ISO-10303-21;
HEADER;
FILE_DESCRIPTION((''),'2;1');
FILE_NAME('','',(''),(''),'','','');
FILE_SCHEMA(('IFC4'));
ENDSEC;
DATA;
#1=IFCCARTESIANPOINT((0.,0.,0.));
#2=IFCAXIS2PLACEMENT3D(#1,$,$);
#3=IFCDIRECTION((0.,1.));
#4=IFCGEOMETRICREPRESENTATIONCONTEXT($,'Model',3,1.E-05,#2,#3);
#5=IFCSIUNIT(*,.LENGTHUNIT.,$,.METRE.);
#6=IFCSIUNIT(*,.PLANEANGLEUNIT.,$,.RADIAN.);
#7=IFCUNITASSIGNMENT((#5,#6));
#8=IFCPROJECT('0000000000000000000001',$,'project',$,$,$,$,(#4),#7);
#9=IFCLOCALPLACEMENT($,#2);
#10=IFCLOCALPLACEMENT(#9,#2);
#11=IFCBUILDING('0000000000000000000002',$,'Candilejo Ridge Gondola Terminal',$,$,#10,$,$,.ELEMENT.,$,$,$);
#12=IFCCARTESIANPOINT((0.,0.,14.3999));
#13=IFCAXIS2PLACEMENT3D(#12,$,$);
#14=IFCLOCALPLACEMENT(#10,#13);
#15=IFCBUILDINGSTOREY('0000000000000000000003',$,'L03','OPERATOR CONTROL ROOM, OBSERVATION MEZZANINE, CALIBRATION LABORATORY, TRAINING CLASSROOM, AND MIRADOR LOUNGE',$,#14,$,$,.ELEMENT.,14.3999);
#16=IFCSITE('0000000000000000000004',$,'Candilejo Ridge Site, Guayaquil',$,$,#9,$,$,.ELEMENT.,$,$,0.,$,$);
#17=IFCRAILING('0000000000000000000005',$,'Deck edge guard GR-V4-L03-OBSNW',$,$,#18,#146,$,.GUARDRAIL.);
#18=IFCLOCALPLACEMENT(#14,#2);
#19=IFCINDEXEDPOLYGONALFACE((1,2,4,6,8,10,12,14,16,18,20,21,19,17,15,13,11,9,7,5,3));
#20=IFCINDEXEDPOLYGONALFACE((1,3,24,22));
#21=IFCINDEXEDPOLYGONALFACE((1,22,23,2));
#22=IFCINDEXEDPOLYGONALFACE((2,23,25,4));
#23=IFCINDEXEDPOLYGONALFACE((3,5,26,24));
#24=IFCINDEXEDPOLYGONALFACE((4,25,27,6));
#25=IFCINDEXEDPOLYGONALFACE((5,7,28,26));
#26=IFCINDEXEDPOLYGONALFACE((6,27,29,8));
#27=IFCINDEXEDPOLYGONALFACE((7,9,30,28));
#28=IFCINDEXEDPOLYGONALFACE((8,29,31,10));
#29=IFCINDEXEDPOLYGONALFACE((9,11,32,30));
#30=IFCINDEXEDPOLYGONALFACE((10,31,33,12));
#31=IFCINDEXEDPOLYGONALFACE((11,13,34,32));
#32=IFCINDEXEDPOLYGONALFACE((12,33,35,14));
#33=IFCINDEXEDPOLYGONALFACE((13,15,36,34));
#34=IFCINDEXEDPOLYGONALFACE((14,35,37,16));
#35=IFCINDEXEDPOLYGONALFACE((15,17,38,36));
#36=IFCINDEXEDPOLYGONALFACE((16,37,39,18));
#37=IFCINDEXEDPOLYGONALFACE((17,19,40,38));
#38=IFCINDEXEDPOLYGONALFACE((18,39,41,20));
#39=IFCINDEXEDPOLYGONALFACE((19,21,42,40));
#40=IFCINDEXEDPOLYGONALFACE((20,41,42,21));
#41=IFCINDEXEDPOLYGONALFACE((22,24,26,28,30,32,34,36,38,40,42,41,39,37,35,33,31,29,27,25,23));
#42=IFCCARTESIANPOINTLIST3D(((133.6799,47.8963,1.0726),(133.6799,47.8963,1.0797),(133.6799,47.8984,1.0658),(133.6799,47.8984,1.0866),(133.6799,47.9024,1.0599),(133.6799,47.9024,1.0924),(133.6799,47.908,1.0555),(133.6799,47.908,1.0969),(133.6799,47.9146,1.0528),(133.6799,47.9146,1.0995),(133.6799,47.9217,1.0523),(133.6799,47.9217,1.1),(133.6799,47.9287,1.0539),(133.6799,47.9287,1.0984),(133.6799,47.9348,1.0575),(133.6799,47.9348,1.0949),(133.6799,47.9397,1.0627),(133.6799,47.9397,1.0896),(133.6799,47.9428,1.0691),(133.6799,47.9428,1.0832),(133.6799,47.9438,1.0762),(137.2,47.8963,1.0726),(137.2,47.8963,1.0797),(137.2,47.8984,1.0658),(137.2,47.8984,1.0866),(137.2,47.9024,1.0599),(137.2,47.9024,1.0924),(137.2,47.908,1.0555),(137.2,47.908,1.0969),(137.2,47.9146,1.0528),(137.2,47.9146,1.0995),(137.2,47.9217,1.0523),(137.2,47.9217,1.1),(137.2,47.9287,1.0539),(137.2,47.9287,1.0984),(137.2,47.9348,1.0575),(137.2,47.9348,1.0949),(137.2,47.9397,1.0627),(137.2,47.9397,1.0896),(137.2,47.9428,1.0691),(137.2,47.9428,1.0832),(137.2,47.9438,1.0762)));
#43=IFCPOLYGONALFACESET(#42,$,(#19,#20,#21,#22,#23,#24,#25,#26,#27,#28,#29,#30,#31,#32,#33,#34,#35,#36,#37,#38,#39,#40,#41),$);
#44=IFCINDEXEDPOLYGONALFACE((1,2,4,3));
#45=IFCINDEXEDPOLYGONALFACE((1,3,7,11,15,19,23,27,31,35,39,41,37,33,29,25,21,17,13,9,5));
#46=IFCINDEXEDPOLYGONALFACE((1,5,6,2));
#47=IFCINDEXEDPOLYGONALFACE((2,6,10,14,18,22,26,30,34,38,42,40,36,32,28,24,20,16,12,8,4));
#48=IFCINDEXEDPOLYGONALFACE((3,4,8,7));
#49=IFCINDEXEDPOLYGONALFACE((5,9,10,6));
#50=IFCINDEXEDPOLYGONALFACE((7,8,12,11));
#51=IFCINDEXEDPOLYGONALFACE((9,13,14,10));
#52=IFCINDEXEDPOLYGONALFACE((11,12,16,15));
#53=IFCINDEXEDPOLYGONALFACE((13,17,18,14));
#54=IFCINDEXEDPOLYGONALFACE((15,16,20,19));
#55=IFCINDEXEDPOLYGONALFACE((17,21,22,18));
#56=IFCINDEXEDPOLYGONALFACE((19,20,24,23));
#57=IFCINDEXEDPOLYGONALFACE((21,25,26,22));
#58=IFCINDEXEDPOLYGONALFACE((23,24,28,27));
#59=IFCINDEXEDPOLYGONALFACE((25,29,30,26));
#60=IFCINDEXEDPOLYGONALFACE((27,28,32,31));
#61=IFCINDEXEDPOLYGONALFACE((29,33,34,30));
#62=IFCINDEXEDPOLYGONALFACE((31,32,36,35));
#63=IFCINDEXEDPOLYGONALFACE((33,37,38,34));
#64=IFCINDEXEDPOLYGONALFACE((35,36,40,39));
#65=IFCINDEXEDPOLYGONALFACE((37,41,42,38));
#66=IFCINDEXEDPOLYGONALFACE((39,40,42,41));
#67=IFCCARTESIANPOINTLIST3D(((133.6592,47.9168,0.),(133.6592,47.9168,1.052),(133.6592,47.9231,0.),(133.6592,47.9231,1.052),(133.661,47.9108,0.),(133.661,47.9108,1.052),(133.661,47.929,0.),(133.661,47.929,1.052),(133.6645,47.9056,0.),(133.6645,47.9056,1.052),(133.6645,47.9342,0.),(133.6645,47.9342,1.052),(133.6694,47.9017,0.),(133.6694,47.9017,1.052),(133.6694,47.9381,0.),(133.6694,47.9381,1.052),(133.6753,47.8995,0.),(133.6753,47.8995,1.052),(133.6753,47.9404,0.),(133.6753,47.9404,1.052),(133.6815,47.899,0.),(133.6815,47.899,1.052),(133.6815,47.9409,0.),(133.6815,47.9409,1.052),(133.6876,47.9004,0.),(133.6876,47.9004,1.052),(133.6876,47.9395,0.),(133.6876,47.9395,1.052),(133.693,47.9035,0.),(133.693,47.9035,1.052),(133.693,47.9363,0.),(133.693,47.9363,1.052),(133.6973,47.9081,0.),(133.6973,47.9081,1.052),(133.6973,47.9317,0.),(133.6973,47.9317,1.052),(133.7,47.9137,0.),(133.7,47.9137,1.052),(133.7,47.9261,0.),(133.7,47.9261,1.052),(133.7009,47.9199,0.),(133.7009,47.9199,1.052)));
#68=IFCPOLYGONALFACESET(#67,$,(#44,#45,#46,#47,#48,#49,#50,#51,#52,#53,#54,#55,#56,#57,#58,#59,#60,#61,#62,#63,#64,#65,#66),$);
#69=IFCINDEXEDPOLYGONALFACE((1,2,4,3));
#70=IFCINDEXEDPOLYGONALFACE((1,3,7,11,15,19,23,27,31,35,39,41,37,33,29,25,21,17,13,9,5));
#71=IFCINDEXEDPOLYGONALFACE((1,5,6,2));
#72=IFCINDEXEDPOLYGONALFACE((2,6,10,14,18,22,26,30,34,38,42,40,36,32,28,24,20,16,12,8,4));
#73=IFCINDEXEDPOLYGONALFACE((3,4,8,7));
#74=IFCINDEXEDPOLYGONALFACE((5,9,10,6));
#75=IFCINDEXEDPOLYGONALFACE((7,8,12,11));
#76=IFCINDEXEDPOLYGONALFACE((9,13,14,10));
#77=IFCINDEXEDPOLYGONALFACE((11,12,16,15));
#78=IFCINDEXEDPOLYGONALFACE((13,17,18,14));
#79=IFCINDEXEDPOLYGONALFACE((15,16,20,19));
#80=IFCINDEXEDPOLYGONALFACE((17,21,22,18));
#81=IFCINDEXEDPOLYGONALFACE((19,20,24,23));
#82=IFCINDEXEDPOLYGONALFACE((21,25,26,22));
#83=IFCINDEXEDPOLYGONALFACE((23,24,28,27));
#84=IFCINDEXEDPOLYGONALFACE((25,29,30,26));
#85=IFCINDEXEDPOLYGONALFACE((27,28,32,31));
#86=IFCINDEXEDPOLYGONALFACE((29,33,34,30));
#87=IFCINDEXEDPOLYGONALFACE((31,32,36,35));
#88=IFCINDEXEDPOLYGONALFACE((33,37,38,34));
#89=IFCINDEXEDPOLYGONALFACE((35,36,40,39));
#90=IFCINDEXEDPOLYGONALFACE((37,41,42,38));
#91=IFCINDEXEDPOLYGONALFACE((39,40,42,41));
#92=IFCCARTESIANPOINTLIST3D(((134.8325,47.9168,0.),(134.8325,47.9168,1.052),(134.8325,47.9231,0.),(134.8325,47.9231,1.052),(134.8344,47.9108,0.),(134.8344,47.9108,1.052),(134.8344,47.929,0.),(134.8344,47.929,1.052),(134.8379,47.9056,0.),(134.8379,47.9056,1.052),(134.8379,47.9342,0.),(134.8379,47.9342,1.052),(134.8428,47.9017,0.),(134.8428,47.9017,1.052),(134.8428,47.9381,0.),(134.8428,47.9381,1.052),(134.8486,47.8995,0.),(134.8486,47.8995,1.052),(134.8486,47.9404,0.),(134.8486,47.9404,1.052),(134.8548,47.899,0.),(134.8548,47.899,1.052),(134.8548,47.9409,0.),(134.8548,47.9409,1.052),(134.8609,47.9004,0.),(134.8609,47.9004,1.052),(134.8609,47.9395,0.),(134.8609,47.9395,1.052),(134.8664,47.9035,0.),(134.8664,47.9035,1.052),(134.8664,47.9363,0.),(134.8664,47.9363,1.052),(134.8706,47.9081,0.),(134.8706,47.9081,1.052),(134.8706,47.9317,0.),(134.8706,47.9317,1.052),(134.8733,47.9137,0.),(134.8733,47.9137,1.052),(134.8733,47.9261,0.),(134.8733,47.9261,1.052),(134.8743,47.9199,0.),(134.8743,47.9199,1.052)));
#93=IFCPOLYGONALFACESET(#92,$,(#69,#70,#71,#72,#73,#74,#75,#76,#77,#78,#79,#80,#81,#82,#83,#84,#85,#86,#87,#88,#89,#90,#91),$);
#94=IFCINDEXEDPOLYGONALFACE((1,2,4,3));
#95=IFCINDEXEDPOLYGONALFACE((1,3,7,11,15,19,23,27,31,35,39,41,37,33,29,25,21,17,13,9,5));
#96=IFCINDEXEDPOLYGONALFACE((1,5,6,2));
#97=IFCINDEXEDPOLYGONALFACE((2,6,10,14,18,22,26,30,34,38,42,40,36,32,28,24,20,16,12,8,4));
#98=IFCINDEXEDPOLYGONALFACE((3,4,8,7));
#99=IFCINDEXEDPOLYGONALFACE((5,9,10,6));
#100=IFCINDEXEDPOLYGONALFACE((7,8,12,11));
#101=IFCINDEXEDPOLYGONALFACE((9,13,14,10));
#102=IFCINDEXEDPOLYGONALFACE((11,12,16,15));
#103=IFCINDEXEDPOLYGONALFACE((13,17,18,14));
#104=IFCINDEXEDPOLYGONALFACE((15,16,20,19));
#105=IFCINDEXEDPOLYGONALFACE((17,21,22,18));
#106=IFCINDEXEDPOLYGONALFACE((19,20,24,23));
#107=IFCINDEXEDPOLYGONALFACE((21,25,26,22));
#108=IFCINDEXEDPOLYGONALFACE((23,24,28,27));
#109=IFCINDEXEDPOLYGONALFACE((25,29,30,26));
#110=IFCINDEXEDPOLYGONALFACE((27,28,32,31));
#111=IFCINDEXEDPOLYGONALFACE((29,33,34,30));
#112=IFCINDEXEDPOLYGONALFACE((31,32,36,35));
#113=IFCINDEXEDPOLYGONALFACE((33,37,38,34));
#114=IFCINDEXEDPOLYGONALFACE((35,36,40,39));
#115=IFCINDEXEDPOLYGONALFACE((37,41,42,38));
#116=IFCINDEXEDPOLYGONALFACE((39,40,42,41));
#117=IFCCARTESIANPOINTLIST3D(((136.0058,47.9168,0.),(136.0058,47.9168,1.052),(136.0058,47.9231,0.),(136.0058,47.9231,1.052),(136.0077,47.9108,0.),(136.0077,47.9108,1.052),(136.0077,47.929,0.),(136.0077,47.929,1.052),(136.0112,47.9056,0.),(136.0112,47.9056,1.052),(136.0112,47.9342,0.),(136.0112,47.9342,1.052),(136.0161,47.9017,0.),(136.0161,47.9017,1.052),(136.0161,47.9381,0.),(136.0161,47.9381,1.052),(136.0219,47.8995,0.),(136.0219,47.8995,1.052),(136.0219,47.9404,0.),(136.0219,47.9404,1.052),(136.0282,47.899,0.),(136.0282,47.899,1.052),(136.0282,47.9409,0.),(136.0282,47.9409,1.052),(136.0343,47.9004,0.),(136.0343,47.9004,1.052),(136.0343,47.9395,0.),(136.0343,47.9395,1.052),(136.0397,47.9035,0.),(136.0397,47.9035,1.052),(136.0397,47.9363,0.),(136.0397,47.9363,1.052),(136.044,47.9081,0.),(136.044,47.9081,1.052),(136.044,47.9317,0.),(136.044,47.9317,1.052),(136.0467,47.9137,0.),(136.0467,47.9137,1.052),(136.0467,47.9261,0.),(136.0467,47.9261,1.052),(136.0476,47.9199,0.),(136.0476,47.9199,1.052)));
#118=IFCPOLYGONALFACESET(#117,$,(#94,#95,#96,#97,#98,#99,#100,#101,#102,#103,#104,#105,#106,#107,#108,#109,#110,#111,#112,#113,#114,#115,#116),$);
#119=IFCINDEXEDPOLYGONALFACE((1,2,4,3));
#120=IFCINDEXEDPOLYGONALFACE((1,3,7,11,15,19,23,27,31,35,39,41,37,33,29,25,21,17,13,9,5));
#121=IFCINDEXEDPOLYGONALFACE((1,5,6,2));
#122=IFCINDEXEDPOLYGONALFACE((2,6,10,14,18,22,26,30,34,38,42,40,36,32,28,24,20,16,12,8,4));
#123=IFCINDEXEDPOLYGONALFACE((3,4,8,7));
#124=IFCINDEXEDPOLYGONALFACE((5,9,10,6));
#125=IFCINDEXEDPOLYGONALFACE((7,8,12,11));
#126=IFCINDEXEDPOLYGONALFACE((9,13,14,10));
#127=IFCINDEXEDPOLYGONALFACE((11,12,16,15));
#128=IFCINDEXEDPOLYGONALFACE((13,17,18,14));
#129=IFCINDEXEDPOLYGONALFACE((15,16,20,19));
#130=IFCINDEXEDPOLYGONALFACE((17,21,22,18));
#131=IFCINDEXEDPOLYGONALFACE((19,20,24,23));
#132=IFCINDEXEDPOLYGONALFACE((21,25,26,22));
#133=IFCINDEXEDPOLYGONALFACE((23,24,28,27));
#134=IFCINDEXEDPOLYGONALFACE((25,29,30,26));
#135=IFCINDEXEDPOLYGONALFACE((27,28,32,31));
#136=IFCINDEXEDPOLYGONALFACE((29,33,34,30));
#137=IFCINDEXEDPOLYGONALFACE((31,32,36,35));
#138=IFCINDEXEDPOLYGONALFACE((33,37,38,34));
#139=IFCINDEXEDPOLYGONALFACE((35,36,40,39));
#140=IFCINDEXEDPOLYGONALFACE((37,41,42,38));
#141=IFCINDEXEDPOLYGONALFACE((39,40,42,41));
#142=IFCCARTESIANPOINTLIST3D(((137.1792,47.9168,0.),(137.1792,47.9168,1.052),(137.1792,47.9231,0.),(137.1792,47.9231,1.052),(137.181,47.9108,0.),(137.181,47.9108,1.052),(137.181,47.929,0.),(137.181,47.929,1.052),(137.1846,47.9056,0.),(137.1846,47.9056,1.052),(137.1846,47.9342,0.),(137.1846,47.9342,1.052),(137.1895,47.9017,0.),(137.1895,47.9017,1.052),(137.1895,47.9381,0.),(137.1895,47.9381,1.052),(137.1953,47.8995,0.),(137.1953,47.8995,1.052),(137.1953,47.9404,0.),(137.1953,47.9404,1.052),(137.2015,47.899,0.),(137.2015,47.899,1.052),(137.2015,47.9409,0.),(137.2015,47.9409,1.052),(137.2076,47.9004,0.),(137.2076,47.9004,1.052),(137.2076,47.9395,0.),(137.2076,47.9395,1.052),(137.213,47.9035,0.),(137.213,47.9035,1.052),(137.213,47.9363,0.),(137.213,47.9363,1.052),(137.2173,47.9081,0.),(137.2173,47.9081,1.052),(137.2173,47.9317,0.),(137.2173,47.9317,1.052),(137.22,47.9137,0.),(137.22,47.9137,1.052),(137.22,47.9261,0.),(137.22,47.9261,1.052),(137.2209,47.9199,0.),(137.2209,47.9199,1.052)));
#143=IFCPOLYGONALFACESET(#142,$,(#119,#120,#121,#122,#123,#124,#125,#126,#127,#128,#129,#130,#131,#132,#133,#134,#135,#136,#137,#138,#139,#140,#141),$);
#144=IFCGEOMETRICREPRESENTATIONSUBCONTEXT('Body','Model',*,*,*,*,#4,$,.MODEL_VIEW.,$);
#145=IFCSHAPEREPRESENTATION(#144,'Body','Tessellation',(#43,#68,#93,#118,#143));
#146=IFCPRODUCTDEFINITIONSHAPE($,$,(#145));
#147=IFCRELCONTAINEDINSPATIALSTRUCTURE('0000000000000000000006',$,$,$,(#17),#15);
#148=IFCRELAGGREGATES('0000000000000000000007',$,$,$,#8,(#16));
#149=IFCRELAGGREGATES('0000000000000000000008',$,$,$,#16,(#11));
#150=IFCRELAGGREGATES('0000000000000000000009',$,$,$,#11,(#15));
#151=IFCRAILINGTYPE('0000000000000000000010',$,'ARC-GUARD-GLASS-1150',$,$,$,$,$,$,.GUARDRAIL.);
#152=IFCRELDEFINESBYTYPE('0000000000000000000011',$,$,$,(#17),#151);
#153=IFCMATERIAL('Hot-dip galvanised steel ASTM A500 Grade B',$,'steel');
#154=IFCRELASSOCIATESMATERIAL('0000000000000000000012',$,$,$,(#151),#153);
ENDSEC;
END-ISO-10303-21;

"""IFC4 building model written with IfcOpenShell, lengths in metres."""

from ifc_helpers import new_model, si_unit, direction, frame, origin, origin_2d, place, context, subcontext, project, spatial, circle, extrude, material, type_object, element, save


model = new_model("IFC4")

# Units and contexts
model_context = context("Model", 3, precision=1e-05, world=origin(), true_north=direction((0.0, 1.0)))
body_context = subcontext(model_context, "Body", "Model", "MODEL_VIEW")
ifc_project = project(units=[si_unit("LENGTHUNIT", "METRE"), si_unit("PLANEANGLEUNIT", "RADIAN")], contexts=[model_context])

# Site, building, storey
site_placement = place(None, origin())
site = spatial("IfcSite", under=ifc_project, at=site_placement, Name="Candilejo Ridge Site, Guayaquil", CompositionType="ELEMENT", RefElevation=0.0)
building_placement = place(site_placement, origin())
building = spatial("IfcBuilding", under=site, at=building_placement, Name="Candilejo Ridge Gondola Terminal", CompositionType="ELEMENT")
storey_placement = place(building_placement, frame((0.0, 0.0, 14.3999)))
storey = spatial("IfcBuildingStorey", under=building, at=storey_placement, Name="L03", Description="OPERATOR CONTROL ROOM, OBSERVATION MEZZANINE, CALIBRATION LABORATORY, TRAINING CLASSROOM, AND MIRADOR LOUNGE", CompositionType="ELEMENT", Elevation=14.3999)

# Railing
ifc_material_1 = material(Name="Hot-dip galvanised steel ASTM A500 Grade B", Category="steel")
railing_type = type_object("IfcRailingType", Name="ARC-GUARD-GLASS-1150", PredefinedType="GUARDRAIL", material=ifc_material_1)
railing_1_placement = place(storey_placement, frame((133.6799, 47.9199, 0.0)))
element("IfcRailing", 1, at=railing_1_placement, inside=storey, type_object=railing_type, Name="Deck edge guard GR-V4-L03-OBSNW", PredefinedType="GUARDRAIL", context=body_context, shape_type="SweptSolid", body=[
    extrude(circle(Radius=0.0239, at=origin_2d()), frame((0.0, 0.0, 1.0762), z_axis=(1.0, 0.0, 0.0), x_axis=(0.0, 1.0, 0.0)), (0.0, 0.0, 1.0), 3.52),
    extrude(circle(Radius=0.021, at=origin_2d()), origin(), (0.0, 0.0, 1.0), 1.052),
    extrude(circle(Radius=0.021, at=origin_2d()), frame((1.1733, 0.0, 0.0)), (0.0, 0.0, 1.0), 1.052),
    extrude(circle(Radius=0.021, at=origin_2d()), frame((2.3467, 0.0, 0.0)), (0.0, 0.0, 1.0), 1.052),
    extrude(circle(Radius=0.021, at=origin_2d()), frame((3.52, 0.0, 0.0)), (0.0, 0.0, 1.0), 1.052),
])

save(model, "model.ifc")
